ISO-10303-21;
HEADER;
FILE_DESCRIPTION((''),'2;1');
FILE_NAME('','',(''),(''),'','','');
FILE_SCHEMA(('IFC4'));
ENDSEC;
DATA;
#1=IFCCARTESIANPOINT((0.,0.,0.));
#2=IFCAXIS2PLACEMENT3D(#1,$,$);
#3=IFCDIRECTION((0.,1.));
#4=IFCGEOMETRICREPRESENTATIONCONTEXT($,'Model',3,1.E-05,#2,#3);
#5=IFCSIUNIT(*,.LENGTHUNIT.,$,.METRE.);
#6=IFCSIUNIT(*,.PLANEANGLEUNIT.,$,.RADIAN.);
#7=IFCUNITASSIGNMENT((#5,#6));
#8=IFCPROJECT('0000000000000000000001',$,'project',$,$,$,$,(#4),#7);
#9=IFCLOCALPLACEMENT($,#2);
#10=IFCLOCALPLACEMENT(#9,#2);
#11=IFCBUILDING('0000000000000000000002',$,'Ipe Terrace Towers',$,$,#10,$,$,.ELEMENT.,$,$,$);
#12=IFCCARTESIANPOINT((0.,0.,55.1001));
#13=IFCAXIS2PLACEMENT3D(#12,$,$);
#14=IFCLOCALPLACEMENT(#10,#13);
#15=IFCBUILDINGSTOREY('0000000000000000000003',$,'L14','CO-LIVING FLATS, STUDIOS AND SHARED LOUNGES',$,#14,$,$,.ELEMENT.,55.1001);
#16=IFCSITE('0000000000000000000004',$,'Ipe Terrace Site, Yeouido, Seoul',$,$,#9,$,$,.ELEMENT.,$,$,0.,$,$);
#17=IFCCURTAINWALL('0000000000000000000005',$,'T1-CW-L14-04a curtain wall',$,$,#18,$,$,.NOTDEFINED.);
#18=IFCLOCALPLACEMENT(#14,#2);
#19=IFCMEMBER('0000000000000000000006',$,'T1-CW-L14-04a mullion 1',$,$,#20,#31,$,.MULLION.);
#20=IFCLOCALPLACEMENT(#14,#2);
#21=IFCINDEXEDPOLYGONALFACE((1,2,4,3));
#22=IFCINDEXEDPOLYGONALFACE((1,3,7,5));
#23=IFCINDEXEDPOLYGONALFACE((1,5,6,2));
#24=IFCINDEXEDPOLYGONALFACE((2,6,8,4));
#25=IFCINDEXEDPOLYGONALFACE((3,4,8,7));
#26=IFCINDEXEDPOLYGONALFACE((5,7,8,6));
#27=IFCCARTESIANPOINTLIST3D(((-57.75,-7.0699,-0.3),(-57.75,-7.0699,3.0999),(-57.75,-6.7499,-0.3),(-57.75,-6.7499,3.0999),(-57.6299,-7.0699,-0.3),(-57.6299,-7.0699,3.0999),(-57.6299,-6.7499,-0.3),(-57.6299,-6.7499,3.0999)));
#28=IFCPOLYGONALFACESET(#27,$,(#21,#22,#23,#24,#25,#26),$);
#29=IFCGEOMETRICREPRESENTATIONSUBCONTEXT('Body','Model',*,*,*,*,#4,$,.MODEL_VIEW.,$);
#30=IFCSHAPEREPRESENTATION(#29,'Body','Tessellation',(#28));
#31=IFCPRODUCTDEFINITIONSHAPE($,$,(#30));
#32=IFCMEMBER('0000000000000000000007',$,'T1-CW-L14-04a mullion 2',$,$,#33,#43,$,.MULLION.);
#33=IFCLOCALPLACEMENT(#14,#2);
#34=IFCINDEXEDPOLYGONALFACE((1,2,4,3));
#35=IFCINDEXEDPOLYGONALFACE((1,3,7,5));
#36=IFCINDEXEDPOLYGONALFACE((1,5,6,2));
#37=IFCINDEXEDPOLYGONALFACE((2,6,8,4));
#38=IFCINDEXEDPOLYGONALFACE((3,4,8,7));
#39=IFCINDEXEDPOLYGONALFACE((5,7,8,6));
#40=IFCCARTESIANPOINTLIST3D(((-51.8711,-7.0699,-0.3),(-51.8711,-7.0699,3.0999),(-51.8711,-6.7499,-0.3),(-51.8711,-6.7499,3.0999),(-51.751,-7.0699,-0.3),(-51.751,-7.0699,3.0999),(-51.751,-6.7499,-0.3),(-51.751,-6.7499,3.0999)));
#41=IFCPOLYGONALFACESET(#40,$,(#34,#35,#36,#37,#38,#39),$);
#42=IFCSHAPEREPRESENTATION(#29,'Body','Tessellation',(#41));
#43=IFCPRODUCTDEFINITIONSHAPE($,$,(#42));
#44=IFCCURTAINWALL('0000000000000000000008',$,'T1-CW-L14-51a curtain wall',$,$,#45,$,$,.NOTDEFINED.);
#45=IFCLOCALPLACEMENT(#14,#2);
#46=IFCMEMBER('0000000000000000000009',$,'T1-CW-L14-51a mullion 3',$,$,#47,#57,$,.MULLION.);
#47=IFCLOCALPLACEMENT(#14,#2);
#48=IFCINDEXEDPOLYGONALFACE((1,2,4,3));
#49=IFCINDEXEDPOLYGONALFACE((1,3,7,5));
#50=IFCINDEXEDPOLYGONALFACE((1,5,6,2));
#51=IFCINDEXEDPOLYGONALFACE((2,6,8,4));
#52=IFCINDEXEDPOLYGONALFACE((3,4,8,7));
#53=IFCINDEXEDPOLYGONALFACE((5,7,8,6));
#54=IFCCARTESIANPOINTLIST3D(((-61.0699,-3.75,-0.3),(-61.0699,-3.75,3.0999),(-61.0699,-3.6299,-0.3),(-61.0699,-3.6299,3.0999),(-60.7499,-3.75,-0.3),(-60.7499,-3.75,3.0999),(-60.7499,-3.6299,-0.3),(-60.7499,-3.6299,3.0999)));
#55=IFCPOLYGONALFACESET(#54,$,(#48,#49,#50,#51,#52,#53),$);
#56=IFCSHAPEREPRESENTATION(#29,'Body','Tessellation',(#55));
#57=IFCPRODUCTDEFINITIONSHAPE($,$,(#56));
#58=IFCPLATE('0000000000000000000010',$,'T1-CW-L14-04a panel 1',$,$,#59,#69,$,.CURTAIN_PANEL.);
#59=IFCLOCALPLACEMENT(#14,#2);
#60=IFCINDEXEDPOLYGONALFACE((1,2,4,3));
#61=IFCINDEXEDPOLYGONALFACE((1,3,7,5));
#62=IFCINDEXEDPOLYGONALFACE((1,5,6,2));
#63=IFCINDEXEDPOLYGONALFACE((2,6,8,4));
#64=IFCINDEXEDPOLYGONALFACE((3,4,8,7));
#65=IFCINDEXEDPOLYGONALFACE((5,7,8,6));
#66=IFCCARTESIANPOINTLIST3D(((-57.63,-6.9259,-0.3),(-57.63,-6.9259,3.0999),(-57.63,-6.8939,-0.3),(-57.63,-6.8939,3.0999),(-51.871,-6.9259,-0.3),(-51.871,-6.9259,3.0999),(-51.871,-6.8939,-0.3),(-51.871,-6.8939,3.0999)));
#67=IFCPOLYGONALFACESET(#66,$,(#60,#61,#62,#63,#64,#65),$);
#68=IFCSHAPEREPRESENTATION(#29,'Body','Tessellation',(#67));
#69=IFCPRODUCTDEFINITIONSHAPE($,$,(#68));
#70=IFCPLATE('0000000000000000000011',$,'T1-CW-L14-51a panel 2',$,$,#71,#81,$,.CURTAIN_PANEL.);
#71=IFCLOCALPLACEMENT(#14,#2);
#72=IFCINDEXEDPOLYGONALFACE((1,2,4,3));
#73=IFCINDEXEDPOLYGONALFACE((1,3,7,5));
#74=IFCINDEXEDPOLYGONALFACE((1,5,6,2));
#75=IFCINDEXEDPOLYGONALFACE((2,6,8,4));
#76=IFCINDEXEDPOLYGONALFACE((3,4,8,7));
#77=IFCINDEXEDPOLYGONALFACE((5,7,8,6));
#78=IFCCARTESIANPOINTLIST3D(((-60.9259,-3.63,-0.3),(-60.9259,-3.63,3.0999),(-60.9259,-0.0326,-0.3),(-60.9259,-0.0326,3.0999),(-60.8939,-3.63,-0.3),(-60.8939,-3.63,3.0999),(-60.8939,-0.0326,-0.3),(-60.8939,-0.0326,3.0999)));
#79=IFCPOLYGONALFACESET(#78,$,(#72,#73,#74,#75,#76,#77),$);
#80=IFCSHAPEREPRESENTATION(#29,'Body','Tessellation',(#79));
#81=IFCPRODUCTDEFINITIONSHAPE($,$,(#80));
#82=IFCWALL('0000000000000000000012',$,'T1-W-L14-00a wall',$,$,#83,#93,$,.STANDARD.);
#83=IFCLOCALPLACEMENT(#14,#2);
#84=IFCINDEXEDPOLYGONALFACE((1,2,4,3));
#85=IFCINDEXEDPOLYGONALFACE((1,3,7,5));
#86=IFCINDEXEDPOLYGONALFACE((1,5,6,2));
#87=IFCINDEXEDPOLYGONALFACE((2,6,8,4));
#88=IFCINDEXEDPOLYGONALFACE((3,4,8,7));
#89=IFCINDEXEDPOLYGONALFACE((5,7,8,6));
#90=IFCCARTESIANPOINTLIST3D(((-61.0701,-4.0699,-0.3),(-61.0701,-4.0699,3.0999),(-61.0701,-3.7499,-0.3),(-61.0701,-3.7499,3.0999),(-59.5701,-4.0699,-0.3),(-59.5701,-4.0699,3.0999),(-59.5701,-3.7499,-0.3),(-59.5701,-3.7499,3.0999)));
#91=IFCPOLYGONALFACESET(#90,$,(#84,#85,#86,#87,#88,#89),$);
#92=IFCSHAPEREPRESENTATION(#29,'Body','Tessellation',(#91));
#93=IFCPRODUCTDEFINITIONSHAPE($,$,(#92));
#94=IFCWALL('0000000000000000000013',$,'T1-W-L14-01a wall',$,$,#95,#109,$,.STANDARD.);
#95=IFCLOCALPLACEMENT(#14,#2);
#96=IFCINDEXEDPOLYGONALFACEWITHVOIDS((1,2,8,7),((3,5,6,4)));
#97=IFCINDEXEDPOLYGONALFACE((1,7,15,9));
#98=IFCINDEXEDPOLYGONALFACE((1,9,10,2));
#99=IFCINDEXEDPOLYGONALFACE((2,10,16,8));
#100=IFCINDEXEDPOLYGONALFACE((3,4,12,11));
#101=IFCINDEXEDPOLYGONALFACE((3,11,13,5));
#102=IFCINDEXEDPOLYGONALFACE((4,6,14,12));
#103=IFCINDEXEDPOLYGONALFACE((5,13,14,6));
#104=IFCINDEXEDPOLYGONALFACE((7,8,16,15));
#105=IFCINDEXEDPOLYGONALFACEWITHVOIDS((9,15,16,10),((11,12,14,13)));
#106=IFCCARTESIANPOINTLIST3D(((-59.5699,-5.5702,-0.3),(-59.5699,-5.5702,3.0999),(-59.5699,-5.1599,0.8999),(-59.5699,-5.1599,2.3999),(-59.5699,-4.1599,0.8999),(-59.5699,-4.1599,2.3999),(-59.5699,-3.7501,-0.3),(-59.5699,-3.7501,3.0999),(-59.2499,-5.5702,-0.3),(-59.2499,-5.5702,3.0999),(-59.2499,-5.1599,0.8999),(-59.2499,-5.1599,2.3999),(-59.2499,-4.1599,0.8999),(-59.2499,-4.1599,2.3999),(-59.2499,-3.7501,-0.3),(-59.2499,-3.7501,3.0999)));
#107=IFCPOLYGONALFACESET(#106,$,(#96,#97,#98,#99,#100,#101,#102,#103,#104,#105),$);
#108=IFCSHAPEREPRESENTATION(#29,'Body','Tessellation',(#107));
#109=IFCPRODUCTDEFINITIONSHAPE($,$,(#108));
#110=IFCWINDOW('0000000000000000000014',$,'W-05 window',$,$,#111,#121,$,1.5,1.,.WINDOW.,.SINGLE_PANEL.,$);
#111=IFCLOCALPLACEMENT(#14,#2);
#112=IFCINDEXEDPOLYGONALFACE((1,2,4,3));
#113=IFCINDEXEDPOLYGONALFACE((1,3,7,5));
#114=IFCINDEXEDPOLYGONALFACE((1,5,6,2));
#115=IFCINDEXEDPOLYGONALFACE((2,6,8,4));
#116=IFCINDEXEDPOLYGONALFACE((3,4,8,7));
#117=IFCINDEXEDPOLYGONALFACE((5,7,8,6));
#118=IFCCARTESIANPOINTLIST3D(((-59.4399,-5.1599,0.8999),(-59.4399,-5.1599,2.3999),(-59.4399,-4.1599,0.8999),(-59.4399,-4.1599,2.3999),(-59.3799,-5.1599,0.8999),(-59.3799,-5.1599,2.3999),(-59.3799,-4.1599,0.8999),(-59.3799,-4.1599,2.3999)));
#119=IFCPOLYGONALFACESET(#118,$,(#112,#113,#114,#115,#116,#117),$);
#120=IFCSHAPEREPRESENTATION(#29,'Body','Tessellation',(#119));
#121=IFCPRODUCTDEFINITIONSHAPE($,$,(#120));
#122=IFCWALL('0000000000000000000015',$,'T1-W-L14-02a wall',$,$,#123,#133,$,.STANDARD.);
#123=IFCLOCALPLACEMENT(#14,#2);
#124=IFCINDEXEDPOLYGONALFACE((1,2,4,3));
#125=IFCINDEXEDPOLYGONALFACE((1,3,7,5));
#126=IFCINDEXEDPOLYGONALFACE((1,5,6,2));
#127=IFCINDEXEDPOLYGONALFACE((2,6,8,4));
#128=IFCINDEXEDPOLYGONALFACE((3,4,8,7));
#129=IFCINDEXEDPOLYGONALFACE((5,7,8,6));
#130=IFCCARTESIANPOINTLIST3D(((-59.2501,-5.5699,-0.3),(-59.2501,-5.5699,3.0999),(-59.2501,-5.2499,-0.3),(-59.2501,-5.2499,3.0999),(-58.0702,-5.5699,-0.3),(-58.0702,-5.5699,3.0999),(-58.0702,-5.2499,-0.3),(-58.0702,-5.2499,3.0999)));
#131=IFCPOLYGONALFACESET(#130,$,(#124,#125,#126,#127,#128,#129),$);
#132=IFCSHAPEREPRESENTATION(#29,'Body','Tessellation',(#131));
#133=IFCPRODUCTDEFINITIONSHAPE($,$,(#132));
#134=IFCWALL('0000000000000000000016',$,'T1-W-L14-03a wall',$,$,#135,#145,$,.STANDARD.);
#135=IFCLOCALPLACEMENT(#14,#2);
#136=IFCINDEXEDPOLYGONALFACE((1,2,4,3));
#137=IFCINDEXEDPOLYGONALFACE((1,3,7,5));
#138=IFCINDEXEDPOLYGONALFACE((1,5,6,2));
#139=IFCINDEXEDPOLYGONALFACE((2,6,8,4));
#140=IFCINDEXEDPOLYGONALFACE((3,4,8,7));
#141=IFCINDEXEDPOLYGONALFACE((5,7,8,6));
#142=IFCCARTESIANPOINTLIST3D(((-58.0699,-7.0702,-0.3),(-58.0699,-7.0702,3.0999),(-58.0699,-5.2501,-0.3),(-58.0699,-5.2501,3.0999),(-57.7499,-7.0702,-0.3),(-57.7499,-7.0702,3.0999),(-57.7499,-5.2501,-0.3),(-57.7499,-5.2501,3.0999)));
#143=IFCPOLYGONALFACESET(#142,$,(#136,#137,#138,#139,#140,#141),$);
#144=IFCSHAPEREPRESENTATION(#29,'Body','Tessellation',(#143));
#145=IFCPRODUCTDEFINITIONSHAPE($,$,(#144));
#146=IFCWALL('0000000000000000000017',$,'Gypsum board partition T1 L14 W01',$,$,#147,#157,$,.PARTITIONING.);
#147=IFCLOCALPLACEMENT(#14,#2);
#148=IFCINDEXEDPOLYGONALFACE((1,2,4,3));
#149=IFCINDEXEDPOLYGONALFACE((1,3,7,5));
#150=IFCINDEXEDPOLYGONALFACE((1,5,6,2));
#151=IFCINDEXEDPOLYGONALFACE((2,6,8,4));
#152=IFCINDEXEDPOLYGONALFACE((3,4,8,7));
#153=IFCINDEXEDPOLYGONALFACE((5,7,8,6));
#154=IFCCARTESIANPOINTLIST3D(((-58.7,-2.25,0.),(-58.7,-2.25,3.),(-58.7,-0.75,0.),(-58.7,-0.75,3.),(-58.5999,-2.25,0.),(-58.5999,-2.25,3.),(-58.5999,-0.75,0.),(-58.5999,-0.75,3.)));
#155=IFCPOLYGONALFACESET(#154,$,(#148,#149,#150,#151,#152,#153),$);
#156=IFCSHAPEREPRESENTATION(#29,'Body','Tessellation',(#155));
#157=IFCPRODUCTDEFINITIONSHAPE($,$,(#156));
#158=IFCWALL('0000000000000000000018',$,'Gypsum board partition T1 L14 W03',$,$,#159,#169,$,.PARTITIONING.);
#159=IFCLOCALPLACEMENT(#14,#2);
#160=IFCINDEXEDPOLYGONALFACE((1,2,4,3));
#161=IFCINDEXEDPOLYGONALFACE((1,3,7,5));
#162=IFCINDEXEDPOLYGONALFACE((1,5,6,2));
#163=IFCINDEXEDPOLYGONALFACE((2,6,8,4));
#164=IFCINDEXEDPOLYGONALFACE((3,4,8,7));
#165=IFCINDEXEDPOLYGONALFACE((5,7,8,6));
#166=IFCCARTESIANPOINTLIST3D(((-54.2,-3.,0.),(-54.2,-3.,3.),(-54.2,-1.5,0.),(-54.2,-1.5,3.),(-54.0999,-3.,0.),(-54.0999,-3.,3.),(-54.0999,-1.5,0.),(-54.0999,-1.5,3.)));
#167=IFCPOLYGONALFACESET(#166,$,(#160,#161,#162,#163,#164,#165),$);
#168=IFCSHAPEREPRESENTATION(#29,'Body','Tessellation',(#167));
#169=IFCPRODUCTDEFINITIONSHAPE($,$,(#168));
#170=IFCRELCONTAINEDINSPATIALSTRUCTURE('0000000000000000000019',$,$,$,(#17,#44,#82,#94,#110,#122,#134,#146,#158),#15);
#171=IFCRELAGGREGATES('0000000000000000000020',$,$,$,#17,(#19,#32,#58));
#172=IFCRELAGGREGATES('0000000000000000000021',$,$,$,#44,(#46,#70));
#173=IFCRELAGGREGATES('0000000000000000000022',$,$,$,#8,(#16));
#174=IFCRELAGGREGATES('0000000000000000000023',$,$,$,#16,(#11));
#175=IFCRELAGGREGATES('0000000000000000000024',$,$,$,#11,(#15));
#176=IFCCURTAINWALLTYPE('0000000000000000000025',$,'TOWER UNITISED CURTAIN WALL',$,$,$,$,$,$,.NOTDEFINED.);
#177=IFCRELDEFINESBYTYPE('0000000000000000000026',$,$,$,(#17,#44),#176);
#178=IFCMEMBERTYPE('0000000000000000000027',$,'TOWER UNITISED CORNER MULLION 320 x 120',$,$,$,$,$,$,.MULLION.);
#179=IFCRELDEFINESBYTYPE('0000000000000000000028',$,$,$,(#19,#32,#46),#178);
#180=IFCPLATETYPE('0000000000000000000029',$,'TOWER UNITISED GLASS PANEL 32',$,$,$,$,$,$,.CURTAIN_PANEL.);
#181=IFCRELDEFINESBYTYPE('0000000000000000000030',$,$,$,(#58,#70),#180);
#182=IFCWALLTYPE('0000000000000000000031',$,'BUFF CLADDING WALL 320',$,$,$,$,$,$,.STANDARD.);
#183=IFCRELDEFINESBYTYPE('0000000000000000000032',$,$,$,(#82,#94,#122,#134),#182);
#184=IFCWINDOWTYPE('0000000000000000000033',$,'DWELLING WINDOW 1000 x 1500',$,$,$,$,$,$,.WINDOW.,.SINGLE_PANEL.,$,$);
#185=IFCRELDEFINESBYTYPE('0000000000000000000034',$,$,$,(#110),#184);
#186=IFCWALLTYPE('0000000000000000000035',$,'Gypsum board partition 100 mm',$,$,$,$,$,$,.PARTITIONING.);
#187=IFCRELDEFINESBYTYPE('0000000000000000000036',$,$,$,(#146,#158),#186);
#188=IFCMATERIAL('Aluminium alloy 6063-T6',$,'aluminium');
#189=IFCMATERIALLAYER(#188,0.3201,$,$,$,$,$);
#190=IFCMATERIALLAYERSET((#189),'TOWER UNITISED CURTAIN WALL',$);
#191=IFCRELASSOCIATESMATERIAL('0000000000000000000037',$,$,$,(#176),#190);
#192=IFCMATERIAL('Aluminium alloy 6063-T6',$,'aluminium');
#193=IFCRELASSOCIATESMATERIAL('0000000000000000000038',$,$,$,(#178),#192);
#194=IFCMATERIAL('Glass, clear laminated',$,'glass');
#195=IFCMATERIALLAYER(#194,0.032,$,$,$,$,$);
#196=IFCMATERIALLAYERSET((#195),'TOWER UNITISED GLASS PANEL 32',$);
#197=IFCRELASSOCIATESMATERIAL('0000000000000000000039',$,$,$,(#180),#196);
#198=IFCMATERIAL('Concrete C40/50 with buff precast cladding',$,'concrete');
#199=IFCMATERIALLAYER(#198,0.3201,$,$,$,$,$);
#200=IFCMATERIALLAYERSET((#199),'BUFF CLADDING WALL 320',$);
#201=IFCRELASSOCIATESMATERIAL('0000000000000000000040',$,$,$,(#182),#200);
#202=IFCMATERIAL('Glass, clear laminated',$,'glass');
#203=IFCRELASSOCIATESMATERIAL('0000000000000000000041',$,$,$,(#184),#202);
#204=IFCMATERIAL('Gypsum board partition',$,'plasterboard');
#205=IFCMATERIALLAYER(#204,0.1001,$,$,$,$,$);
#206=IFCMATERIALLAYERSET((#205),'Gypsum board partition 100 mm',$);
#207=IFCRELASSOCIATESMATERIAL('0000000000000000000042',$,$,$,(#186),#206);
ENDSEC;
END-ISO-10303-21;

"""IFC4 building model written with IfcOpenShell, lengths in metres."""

from ifc_helpers import new_model, si_unit, direction, frame, frame_2d, origin, origin_2d, place, context, subcontext, project, spatial, rectangle, extrude, material, layer, layer_set, material_profile, profile_set, type_object, element, fill, aggregate, save


model = new_model("IFC4")

# Units and contexts
model_context = context("Model", 3, precision=1e-05, world=origin(), true_north=direction((0.0, 1.0)))
body_context = subcontext(model_context, "Body", "Model", "MODEL_VIEW")
ifc_project = project(units=[si_unit("LENGTHUNIT", "METRE"), si_unit("PLANEANGLEUNIT", "RADIAN")], contexts=[model_context])

# Site, building, storey
site_placement = place(None, origin())
site = spatial("IfcSite", under=ifc_project, at=site_placement, Name="Ipe Terrace Site, Yeouido, Seoul", CompositionType="ELEMENT", RefElevation=0.0)
building_placement = place(site_placement, origin())
building = spatial("IfcBuilding", under=site, at=building_placement, Name="Ipe Terrace Towers", CompositionType="ELEMENT")
storey_placement = place(building_placement, frame((0.0, 0.0, 55.1001)))
storey = spatial("IfcBuildingStorey", under=building, at=storey_placement, Name="L14", Description="CO-LIVING FLATS, STUDIOS AND SHARED LOUNGES", CompositionType="ELEMENT", Elevation=55.1001)

# Curtain wall, members
ifc_material_1 = material(Name="Aluminium alloy 6063-T6", Category="aluminium")
ifc_layer_1 = layer(ifc_material_1, 0.3201)
ifc_layer_set_1 = layer_set([ifc_layer_1], Name="TOWER UNITISED CURTAIN WALL")
curtain_wall_type = type_object("IfcCurtainWallType", Name="TOWER UNITISED CURTAIN WALL", PredefinedType="NOTDEFINED", material=ifc_layer_set_1)
curtain_wall_1_placement = place(storey_placement, origin())
curtain_wall_1 = element("IfcCurtainWall", 1, at=curtain_wall_1_placement, inside=storey, type_object=curtain_wall_type, Name="T1-CW-L14-04a curtain wall", PredefinedType="NOTDEFINED")
ifc_material_2 = material(Name="Aluminium alloy 6063-T6", Category="aluminium")
ifc_material_profile_1 = material_profile(ifc_material_2, rectangle(XDim=0.3201, YDim=0.1201, at=origin_2d()), Name="TOWER UNITISED CORNER MULLION 320 x 120")
ifc_profile_set_1 = profile_set([ifc_material_profile_1], Name="Aluminium alloy 6063-T6")
member_type = type_object("IfcMemberType", Name="TOWER UNITISED CORNER MULLION 320 x 120", PredefinedType="MULLION", material=ifc_profile_set_1)
member_1_placement = place(storey_placement, frame((-57.6899, -6.9099, -0.3), z_axis=(0.0, 0.0, 1.0), x_axis=(0.0, -1.0, 0.0)))
member_1 = element("IfcMember", 2, at=member_1_placement, type_object=member_type, Name="T1-CW-L14-04a mullion 1", PredefinedType="MULLION", context=body_context, shape_type="SweptSolid", body=[
    extrude(rectangle(XDim=0.3201, YDim=0.1201, at=origin_2d()), origin(), (0.0, 0.0, 1.0), 3.3999),
])
member_2_placement = place(storey_placement, frame((-51.811, -6.9099, -0.3), z_axis=(0.0, 0.0, 1.0), x_axis=(0.0, -1.0, 0.0)))
member_2 = element("IfcMember", 3, at=member_2_placement, type_object=member_type, Name="T1-CW-L14-04a mullion 2", PredefinedType="MULLION", context=body_context, shape_type="SweptSolid", body=[
    extrude(rectangle(XDim=0.3201, YDim=0.1201, at=origin_2d()), origin(), (0.0, 0.0, 1.0), 3.3999),
])

# Curtain wall, member
curtain_wall_2_placement = place(storey_placement, origin())
curtain_wall_2 = element("IfcCurtainWall", 4, at=curtain_wall_2_placement, inside=storey, type_object=curtain_wall_type, Name="T1-CW-L14-51a curtain wall", PredefinedType="NOTDEFINED")
member_3_placement = place(storey_placement, frame((-60.9099, -3.6899, -0.3), z_axis=(0.0, 0.0, 1.0), x_axis=(-1.0, 0.0, 0.0)))
member_3 = element("IfcMember", 5, at=member_3_placement, type_object=member_type, Name="T1-CW-L14-51a mullion 3", PredefinedType="MULLION", context=body_context, shape_type="SweptSolid", body=[
    extrude(rectangle(XDim=0.3201, YDim=0.1201, at=origin_2d()), origin(), (0.0, 0.0, 1.0), 3.3999),
])

# Plates
ifc_material_3 = material(Name="Glass, clear laminated", Category="glass")
ifc_layer_2 = layer(ifc_material_3, 0.032)
ifc_layer_set_2 = layer_set([ifc_layer_2], Name="TOWER UNITISED GLASS PANEL 32")
plate_type = type_object("IfcPlateType", Name="TOWER UNITISED GLASS PANEL 32", PredefinedType="CURTAIN_PANEL", material=ifc_layer_set_2)
plate_1_placement = place(storey_placement, frame((-54.7505, -6.9099, -0.3), z_axis=(0.0, 0.0, 1.0), x_axis=(1.0, 0.0, 0.0)))
plate_1 = element("IfcPlate", 6, at=plate_1_placement, type_object=plate_type, Name="T1-CW-L14-04a panel 1", PredefinedType="CURTAIN_PANEL", context=body_context, shape_type="SweptSolid", body=[
    extrude(rectangle(XDim=5.759, YDim=0.032, at=origin_2d()), origin(), (0.0, 0.0, 1.0), 3.3999),
])
aggregate(curtain_wall_1, [member_1, member_2, plate_1])
plate_2_placement = place(storey_placement, frame((-60.9099, -1.8313, -0.3), z_axis=(0.0, 0.0, 1.0), x_axis=(0.0, -1.0, 0.0)))
plate_2 = element("IfcPlate", 7, at=plate_2_placement, type_object=plate_type, Name="T1-CW-L14-51a panel 2", PredefinedType="CURTAIN_PANEL", context=body_context, shape_type="SweptSolid", body=[
    extrude(rectangle(XDim=3.5974, YDim=0.032, at=origin_2d()), origin(), (0.0, 0.0, 1.0), 3.3999),
])
aggregate(curtain_wall_2, [member_3, plate_2])

# Wall
ifc_material_4 = material(Name="Concrete C40/50 with buff precast cladding", Category="concrete")
ifc_layer_3 = layer(ifc_material_4, 0.3201)
ifc_layer_set_3 = layer_set([ifc_layer_3], Name="BUFF CLADDING WALL 320")
wall_type_1 = type_object("IfcWallType", Name="BUFF CLADDING WALL 320", PredefinedType="STANDARD", material=ifc_layer_set_3)
wall_1_placement = place(storey_placement, frame((-61.0701, -3.9099, -0.3), z_axis=(0.0, 0.0, 1.0), x_axis=(1.0, 0.0, 0.0)))
element("IfcWall", 8, at=wall_1_placement, inside=storey, type_object=wall_type_1, Name="T1-W-L14-00a wall", PredefinedType="STANDARD", context=body_context, shape_type="SweptSolid", body=[
    extrude(rectangle(XDim=1.5, YDim=0.3201, at=frame_2d((0.75, 0.0))), origin(), (0.0, 0.0, 1.0), 3.3999),
])

# Wall, opening, window
wall_2_placement = place(storey_placement, frame((-59.4099, -3.75, -0.3), z_axis=(0.0, 0.0, 1.0), x_axis=(0.0, -1.0, 0.0)))
wall_2 = element("IfcWall", 9, at=wall_2_placement, inside=storey, type_object=wall_type_1, Name="T1-W-L14-01a wall", PredefinedType="STANDARD", context=body_context, shape_type="SweptSolid", body=[
    extrude(rectangle(XDim=1.8201, YDim=0.3201, at=frame_2d((0.9102, 0.0))), origin(), (0.0, 0.0, 1.0), 3.3999),
])
opening_1_placement = place(wall_2_placement, frame((0.4099, 0.0, 1.2)))
opening_1 = element("IfcOpeningElement", 10, at=opening_1_placement, cuts=wall_2, PredefinedType="OPENING", context=body_context, shape_type="SweptSolid", body=[
    extrude(rectangle(XDim=1.0, YDim=1.5, at=frame_2d((0.5, 0.75))), frame((0.0, 0.1699, 0.0), z_axis=(0.0, -1.0, 0.0), x_axis=(1.0, 0.0, 0.0)), (0.0, 0.0, 1.0), 0.3401),
])
ifc_material_5 = material(Name="Glass, clear laminated", Category="glass")
window_type = type_object("IfcWindowType", Name="DWELLING WINDOW 1000 x 1500", PartitioningType="SINGLE_PANEL", PredefinedType="WINDOW", material=ifc_material_5)
window_placement = place(opening_1_placement, origin())
window = element("IfcWindow", 11, at=window_placement, inside=storey, type_object=window_type, Name="W-05 window", OverallHeight=1.5, OverallWidth=1.0, PartitioningType="SINGLE_PANEL", PredefinedType="WINDOW", context=body_context, shape_type="SweptSolid", body=[
    extrude(rectangle(XDim=1.0, YDim=1.5, at=frame_2d((0.5, 0.75))), frame((0.0, 0.03, 0.0), z_axis=(0.0, -1.0, 0.0), x_axis=(1.0, 0.0, 0.0)), (0.0, 0.0, 1.0), 0.0601),
])
fill(opening_1, window)

# Walls
wall_3_placement = place(storey_placement, frame((-59.25, -5.4099, -0.3), z_axis=(0.0, 0.0, 1.0), x_axis=(1.0, 0.0, 0.0)))
element("IfcWall", 12, at=wall_3_placement, inside=storey, type_object=wall_type_1, Name="T1-W-L14-02a wall", PredefinedType="STANDARD", context=body_context, shape_type="SweptSolid", body=[
    extrude(rectangle(XDim=1.1799, YDim=0.3201, at=frame_2d((0.5898, 0.0))), origin(), (0.0, 0.0, 1.0), 3.3999),
])
wall_4_placement = place(storey_placement, frame((-57.9099, -5.25, -0.3), z_axis=(0.0, 0.0, 1.0), x_axis=(0.0, -1.0, 0.0)))
element("IfcWall", 13, at=wall_4_placement, inside=storey, type_object=wall_type_1, Name="T1-W-L14-03a wall", PredefinedType="STANDARD", context=body_context, shape_type="SweptSolid", body=[
    extrude(rectangle(XDim=1.8201, YDim=0.3201, at=frame_2d((0.9102, 0.0))), origin(), (0.0, 0.0, 1.0), 3.3999),
])
ifc_material_6 = material(Name="Gypsum board partition", Category="plasterboard")
ifc_layer_4 = layer(ifc_material_6, 0.1001)
ifc_layer_set_4 = layer_set([ifc_layer_4], Name="Gypsum board partition 100 mm")
wall_type_2 = type_object("IfcWallType", Name="Gypsum board partition 100 mm", PredefinedType="PARTITIONING", material=ifc_layer_set_4)
for number, where, z_axis, x_axis, name in (
    (14, (-58.6499, -2.25, 0.0), (0.0, 0.0, 1.0), (0.0, 1.0, 0.0), "Gypsum board partition T1 L14 W01"),
    (15, (-54.1499, -3.0, 0.0), (0.0, 0.0, 1.0), (0.0, 1.0, 0.0), "Gypsum board partition T1 L14 W03"),
):
    element("IfcWall", number, at=place(storey_placement, frame(where, z_axis=z_axis, x_axis=x_axis)), inside=storey, type_object=wall_type_2, Name=name, PredefinedType="PARTITIONING", context=body_context, shape_type="SweptSolid", body=[
        extrude(rectangle(XDim=1.5, YDim=0.1001, at=frame_2d((0.75, 0.0))), origin(), (0.0, 0.0, 1.0), 3.0),
    ])

save(model, "model.ifc")
